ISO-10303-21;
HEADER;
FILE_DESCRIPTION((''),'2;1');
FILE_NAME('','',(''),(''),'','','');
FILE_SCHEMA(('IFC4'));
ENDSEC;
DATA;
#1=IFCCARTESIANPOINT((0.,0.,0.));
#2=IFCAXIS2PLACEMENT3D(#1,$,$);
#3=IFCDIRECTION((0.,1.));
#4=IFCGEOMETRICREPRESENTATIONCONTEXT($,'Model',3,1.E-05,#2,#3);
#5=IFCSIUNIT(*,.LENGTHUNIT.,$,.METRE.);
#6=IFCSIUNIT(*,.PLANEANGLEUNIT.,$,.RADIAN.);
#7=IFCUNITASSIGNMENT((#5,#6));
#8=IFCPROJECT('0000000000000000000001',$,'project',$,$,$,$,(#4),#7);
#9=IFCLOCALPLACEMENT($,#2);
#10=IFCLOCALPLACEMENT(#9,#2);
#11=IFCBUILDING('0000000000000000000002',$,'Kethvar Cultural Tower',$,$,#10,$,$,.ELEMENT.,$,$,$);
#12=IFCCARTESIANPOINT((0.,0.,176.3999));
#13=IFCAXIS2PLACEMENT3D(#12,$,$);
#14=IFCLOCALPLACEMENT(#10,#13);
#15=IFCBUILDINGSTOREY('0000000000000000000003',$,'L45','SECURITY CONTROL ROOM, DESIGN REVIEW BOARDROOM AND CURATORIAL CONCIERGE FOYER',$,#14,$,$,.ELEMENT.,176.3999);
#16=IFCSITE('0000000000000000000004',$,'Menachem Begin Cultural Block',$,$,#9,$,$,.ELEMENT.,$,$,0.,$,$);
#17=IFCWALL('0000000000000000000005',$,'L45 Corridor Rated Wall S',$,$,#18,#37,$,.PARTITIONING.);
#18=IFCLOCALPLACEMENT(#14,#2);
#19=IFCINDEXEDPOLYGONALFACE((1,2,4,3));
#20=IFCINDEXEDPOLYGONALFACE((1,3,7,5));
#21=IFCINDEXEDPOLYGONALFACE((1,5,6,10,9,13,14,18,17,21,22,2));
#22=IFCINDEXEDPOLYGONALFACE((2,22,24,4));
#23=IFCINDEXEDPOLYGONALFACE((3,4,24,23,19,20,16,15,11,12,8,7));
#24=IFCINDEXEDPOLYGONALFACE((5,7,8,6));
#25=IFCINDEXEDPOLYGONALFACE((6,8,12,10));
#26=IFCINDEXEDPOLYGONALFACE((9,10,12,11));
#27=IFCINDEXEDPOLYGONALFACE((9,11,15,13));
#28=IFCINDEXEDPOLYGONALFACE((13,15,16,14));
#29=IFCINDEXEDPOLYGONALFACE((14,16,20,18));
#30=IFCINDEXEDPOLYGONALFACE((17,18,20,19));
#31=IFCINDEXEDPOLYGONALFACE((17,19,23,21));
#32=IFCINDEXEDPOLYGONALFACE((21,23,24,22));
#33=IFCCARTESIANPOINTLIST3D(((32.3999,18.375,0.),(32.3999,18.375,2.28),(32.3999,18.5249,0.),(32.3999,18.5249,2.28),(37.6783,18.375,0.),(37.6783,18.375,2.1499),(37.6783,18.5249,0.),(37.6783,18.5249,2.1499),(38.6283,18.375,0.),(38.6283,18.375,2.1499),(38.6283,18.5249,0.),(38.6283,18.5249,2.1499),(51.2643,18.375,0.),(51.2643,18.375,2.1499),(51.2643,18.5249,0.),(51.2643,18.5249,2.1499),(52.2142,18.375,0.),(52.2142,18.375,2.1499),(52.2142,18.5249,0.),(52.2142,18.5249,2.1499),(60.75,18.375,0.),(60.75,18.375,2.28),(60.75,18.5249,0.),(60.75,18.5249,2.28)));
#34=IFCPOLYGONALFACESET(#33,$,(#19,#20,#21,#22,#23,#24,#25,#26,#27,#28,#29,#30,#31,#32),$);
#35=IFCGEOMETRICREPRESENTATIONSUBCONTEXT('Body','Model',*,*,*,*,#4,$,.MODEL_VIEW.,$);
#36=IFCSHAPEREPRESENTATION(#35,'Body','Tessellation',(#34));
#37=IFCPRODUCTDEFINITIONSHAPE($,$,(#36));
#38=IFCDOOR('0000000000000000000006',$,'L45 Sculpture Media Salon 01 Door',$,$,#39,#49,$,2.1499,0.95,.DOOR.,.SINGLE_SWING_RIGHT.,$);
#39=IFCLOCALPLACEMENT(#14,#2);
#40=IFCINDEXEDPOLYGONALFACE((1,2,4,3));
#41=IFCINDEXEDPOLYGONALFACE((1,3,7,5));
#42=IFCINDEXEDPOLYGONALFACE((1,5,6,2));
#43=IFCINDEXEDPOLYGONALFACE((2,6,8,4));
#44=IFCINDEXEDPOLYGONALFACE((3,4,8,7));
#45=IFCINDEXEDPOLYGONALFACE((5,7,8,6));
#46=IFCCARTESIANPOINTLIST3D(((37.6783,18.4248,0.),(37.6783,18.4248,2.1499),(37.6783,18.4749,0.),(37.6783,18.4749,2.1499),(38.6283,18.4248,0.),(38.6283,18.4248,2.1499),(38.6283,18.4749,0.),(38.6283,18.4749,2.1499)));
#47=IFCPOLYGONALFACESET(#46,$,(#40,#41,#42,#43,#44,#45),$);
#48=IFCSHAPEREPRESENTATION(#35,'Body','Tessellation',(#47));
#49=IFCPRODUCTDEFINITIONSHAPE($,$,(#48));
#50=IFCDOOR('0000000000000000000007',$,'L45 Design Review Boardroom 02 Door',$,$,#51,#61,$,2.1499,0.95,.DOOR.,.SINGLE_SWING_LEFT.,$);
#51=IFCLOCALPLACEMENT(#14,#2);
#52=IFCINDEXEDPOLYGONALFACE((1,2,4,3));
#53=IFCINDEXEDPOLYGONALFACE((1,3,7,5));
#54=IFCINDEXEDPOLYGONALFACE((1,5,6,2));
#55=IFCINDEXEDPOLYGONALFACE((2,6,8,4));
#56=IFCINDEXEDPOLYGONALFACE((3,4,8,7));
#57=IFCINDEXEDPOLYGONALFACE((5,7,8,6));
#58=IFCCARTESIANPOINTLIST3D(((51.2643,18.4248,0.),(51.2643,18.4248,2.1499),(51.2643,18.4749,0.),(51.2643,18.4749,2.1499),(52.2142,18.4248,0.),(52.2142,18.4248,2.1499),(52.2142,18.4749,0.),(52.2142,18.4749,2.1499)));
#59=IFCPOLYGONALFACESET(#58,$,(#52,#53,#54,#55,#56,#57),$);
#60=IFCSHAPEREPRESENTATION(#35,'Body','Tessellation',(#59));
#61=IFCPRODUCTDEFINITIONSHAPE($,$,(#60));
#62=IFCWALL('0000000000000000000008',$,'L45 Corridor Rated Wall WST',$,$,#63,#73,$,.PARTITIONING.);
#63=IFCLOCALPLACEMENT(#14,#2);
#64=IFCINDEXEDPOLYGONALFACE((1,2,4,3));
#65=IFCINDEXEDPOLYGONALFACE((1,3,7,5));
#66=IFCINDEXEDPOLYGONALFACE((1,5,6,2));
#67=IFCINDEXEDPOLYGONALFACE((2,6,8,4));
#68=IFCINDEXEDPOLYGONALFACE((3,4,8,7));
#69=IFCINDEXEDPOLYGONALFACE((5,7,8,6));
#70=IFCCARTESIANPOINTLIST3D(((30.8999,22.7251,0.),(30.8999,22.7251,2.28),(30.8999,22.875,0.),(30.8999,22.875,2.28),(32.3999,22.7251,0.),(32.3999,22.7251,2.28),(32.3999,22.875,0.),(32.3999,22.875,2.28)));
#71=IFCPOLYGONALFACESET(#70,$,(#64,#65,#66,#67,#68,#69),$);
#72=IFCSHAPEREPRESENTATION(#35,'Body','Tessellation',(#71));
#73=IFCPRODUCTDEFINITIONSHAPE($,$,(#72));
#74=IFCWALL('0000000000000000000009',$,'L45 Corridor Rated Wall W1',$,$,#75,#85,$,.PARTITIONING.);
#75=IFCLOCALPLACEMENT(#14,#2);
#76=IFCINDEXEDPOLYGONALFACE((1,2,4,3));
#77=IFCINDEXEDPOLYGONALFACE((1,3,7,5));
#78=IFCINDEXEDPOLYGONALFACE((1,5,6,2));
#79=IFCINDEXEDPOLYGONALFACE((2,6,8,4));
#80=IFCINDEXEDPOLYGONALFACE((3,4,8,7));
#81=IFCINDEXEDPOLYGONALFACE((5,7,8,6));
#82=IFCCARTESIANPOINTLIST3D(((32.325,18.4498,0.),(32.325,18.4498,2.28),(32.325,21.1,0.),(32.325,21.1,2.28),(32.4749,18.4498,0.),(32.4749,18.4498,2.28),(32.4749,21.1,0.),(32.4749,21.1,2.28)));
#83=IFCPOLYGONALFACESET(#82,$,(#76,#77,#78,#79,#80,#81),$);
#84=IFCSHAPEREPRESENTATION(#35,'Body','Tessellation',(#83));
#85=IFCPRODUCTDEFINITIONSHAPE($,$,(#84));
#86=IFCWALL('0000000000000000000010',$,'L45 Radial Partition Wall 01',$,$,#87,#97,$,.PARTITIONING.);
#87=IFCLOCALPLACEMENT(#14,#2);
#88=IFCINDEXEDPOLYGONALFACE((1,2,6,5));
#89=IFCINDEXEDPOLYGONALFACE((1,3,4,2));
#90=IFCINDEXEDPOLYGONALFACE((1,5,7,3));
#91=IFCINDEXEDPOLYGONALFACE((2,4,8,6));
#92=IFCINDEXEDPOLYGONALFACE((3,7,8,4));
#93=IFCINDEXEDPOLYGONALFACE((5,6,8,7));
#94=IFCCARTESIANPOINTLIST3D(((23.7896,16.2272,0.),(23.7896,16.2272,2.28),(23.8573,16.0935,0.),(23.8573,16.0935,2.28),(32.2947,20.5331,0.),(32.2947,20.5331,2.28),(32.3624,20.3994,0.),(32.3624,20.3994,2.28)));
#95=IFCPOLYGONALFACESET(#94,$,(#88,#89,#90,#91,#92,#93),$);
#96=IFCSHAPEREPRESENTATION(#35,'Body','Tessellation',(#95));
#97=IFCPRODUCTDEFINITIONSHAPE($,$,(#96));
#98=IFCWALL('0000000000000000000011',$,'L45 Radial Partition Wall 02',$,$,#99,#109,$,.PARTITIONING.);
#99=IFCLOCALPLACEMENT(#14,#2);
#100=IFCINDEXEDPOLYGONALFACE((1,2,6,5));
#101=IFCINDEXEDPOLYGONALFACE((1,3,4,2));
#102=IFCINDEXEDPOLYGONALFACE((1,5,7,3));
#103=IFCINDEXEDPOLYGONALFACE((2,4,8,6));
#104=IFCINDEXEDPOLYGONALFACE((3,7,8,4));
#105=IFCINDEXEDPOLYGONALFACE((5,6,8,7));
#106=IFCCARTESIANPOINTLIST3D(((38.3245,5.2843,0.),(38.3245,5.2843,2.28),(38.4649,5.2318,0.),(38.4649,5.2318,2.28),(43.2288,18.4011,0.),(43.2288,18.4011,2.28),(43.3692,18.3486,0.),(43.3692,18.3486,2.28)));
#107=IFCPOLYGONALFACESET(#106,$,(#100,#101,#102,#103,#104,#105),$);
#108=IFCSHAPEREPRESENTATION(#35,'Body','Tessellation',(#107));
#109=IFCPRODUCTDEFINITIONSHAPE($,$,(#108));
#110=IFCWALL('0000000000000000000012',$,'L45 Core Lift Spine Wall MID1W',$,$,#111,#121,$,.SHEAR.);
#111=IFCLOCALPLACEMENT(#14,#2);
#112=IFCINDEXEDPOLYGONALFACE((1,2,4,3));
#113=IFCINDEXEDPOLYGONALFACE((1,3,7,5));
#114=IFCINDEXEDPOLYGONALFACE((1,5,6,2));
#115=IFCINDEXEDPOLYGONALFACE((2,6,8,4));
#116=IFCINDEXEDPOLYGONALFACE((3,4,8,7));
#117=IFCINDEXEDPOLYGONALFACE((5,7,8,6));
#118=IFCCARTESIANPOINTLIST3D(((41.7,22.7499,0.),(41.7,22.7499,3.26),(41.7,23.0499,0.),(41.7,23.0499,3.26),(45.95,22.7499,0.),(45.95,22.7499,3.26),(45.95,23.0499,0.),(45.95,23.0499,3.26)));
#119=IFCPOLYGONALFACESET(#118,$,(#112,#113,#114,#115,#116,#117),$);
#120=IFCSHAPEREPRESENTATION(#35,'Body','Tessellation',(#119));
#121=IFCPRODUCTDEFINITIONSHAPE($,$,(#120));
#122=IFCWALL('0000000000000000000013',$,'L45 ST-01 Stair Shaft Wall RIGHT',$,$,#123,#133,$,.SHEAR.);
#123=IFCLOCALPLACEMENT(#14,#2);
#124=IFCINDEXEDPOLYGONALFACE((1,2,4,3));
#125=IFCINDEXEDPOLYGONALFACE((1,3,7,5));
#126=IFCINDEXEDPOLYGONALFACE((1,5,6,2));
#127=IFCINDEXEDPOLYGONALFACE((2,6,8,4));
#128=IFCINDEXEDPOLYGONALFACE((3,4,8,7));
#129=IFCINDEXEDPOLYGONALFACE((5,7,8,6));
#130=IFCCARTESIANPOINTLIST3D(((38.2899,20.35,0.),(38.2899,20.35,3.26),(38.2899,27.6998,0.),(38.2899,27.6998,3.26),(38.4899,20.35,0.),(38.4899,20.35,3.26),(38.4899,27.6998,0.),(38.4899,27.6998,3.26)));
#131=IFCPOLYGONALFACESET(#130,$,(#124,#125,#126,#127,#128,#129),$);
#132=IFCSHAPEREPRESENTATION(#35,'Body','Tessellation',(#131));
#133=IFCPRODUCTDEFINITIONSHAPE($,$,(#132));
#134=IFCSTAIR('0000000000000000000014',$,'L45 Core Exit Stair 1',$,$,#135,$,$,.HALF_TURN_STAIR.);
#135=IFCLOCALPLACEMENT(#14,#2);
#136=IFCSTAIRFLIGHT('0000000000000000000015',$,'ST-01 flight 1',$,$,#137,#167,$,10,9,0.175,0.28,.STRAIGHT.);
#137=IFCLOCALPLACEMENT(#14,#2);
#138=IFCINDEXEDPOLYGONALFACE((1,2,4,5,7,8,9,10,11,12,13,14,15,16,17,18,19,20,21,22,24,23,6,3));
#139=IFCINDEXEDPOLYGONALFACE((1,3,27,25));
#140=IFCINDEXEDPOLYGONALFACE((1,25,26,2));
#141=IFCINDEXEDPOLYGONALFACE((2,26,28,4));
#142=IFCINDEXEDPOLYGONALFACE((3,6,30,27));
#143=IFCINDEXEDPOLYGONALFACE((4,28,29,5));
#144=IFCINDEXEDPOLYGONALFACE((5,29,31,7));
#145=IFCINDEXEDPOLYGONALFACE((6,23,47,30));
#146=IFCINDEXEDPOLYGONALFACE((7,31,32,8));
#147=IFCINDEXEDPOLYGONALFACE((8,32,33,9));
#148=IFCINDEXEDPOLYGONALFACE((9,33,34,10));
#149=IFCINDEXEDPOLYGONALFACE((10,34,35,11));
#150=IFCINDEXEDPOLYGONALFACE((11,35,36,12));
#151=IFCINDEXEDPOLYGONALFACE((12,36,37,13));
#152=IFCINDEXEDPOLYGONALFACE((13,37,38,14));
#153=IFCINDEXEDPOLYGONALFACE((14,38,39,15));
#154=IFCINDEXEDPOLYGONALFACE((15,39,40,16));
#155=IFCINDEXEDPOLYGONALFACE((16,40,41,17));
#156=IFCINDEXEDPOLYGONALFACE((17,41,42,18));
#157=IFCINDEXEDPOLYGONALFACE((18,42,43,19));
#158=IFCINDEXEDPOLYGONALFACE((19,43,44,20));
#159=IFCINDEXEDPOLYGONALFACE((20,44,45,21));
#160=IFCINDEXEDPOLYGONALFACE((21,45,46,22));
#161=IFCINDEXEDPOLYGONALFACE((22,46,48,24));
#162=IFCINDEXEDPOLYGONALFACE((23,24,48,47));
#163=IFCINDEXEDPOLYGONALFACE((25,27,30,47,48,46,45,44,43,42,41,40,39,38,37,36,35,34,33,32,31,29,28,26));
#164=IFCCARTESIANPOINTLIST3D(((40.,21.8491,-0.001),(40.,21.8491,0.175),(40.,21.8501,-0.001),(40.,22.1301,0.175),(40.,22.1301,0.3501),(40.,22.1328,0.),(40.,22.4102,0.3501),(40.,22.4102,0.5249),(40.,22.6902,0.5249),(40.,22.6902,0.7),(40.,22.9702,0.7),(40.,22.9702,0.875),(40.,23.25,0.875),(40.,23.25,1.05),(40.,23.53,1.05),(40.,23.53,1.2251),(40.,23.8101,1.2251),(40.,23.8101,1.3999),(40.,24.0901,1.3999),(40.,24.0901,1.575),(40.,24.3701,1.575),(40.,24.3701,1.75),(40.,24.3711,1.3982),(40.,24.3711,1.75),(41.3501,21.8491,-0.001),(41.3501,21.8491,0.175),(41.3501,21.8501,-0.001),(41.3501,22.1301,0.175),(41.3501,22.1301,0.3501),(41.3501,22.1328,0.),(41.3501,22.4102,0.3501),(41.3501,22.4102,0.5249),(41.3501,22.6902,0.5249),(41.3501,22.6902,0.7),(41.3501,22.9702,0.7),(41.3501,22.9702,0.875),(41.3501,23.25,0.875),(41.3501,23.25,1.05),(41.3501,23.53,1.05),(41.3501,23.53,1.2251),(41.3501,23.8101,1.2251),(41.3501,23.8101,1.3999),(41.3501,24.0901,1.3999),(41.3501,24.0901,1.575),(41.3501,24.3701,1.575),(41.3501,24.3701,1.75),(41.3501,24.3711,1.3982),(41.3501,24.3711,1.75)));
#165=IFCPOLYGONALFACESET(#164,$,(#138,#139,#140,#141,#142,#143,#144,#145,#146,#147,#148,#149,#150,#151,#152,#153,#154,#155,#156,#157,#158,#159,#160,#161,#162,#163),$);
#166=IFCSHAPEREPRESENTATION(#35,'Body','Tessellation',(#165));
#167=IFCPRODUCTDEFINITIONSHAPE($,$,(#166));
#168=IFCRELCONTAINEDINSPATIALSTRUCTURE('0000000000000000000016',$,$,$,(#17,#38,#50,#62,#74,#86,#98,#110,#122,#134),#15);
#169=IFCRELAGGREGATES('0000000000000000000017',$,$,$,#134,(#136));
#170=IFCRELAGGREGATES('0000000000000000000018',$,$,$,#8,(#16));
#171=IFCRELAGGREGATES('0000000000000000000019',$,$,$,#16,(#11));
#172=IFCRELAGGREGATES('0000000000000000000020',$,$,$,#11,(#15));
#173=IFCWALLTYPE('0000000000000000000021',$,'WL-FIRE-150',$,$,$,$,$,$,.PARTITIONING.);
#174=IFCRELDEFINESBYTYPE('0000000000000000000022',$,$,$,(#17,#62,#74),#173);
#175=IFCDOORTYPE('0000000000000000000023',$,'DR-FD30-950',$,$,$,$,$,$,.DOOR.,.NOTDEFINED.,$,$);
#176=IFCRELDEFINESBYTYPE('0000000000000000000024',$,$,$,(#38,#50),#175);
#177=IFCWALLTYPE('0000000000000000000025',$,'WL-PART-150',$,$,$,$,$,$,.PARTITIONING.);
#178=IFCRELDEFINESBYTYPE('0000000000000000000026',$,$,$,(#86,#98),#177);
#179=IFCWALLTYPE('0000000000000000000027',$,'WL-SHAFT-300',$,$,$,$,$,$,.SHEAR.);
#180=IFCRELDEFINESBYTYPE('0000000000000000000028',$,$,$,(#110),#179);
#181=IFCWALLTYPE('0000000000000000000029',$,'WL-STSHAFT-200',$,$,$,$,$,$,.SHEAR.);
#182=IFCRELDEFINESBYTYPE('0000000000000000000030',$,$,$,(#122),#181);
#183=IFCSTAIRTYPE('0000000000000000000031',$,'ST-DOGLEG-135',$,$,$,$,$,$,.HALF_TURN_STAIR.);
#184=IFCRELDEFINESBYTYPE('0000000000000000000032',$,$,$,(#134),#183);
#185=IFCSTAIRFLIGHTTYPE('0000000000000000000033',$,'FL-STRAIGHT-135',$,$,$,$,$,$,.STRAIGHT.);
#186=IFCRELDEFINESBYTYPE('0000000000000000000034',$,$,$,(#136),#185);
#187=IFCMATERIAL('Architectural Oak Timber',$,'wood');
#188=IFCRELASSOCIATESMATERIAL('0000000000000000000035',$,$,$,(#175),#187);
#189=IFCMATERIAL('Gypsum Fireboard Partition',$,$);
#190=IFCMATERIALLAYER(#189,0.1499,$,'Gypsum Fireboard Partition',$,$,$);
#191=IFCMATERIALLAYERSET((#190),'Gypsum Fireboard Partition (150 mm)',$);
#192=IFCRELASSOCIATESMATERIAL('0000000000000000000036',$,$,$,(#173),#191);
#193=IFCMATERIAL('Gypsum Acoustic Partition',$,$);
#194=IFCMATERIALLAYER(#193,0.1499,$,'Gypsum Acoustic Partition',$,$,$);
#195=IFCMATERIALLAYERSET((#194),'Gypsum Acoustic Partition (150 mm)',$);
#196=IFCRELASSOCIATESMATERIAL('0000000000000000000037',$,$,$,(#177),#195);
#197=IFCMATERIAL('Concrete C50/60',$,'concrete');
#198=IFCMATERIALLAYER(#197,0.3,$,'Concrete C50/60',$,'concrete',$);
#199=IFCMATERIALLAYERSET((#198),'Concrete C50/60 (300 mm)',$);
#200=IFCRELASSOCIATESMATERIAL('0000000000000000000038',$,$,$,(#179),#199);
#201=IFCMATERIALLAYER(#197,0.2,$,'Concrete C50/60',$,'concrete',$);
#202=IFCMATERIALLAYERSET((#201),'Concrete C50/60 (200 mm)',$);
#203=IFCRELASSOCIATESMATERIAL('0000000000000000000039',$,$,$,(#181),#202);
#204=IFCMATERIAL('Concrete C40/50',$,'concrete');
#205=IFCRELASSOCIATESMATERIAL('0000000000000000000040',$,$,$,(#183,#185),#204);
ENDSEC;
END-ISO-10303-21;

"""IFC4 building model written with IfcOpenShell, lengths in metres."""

from ifc_helpers import new_model, si_unit, direction, frame, frame_2d, origin, place, context, subcontext, project, spatial, polyline, rectangle, outline, extrude, source, transform, mapped, material, layer, layer_set, type_object, element, fill, aggregate, save


model = new_model("IFC4")

# Units and contexts
model_context = context("Model", 3, precision=1e-05, world=origin(), true_north=direction((0.0, 1.0)))
body_context = subcontext(model_context, "Body", "Model", "MODEL_VIEW")
ifc_project = project(units=[si_unit("LENGTHUNIT", "METRE"), si_unit("PLANEANGLEUNIT", "RADIAN")], contexts=[model_context])

# Site, building, storey
site_placement = place(None, origin())
site = spatial("IfcSite", under=ifc_project, at=site_placement, Name="Menachem Begin Cultural Block", CompositionType="ELEMENT", RefElevation=0.0)
building_placement = place(site_placement, origin())
building = spatial("IfcBuilding", under=site, at=building_placement, Name="Kethvar Cultural Tower", CompositionType="ELEMENT")
storey_placement = place(building_placement, frame((0.0, 0.0, 176.3999)))
storey = spatial("IfcBuildingStorey", under=building, at=storey_placement, Name="L45", Description="SECURITY CONTROL ROOM, DESIGN REVIEW BOARDROOM AND CURATORIAL CONCIERGE FOYER", CompositionType="ELEMENT", Elevation=176.3999)

# Shared definitions
ifc_material_1 = material(Name="Architectural Oak Timber", Category="wood")
door_type_1 = type_object("IfcDoorType", Name="DR-FD30-950", OperationType="NOTDEFINED", PredefinedType="DOOR", material=ifc_material_1)
shared_shape_1 = source(origin(), body_context, "Body", "SweptSolid", [
    extrude(rectangle(XDim=0.95, YDim=2.1499, at=frame_2d((0.4751, 1.075))), frame((0.0, 0.0249, 0.0), z_axis=(0.0, -1.0, 0.0), x_axis=(1.0, 0.0, 0.0)), (0.0, 0.0, 1.0), 0.05),
])

# Shared definitions
ifc_material_2 = material(Name="Gypsum Fireboard Partition")
ifc_layer_1 = layer(ifc_material_2, 0.1499, Name="Gypsum Fireboard Partition")
ifc_layer_set_1 = layer_set([ifc_layer_1], Name="Gypsum Fireboard Partition (150 mm)")
wall_type_1 = type_object("IfcWallType", Name="WL-FIRE-150", PredefinedType="PARTITIONING", material=ifc_layer_set_1)

# Wall, openings, doors
wall_1_placement = place(storey_placement, frame((32.3999, 18.45, 0.0), z_axis=(0.0, 0.0, 1.0), x_axis=(1.0, 0.0, 0.0)))
wall_1 = element("IfcWall", 1, at=wall_1_placement, inside=storey, type_object=wall_type_1, Name="L45 Corridor Rated Wall S", PredefinedType="PARTITIONING", context=body_context, shape_type="SweptSolid", body=[
    extrude(rectangle(XDim=28.3501, YDim=0.1499, at=frame_2d((14.175, 0.0))), origin(), (0.0, 0.0, 1.0), 2.28),
])
opening_1_placement = place(wall_1_placement, frame((5.2783, 0.0, 0.0)))
opening_1 = element("IfcOpeningElement", 2, at=opening_1_placement, cuts=wall_1, PredefinedType="OPENING", context=body_context, shape_type="SweptSolid", body=[
    extrude(rectangle(XDim=0.95, YDim=2.1499, at=frame_2d((0.4751, 1.075))), frame((0.0, 0.085, 0.0), z_axis=(0.0, -1.0, 0.0), x_axis=(1.0, 0.0, 0.0)), (0.0, 0.0, 1.0), 0.1699),
])
opening_2_placement = place(wall_1_placement, frame((18.8643, 0.0, 0.0)))
opening_2 = element("IfcOpeningElement", 3, at=opening_2_placement, cuts=wall_1, PredefinedType="OPENING", context=body_context, shape_type="SweptSolid", body=[
    extrude(rectangle(XDim=0.95, YDim=2.1499, at=frame_2d((0.4751, 1.075))), frame((0.0, 0.085, 0.0), z_axis=(0.0, -1.0, 0.0), x_axis=(1.0, 0.0, 0.0)), (0.0, 0.0, 1.0), 0.1699),
])
door_1_placement = place(opening_1_placement, origin())
door_1 = element("IfcDoor", 4, at=door_1_placement, inside=storey, type_object=door_type_1, Name="L45 Sculpture Media Salon 01 Door", OperationType="SINGLE_SWING_RIGHT", OverallHeight=2.1499, OverallWidth=0.95, PredefinedType="DOOR", context=body_context, shape_type="MappedRepresentation", body=[
    mapped(shared_shape_1, transform((0.0, 0.0, 0.0), scale=1.0)),
])
fill(opening_1, door_1)
door_2_placement = place(opening_2_placement, origin())
door_2 = element("IfcDoor", 5, at=door_2_placement, inside=storey, type_object=door_type_1, Name="L45 Design Review Boardroom 02 Door", OperationType="SINGLE_SWING_LEFT", OverallHeight=2.1499, OverallWidth=0.95, PredefinedType="DOOR", context=body_context, shape_type="MappedRepresentation", body=[
    mapped(shared_shape_1, transform((0.0, 0.0, 0.0), scale=1.0)),
])
fill(opening_2, door_2)

# Walls
wall_2_placement = place(storey_placement, frame((32.3999, 22.8, 0.0), z_axis=(0.0, 0.0, 1.0), x_axis=(-1.0, 0.0, 0.0)))
element("IfcWall", 6, at=wall_2_placement, inside=storey, type_object=wall_type_1, Name="L45 Corridor Rated Wall WST", PredefinedType="PARTITIONING", context=body_context, shape_type="SweptSolid", body=[
    extrude(rectangle(XDim=1.5, YDim=0.1499, at=frame_2d((0.75, 0.0))), origin(), (0.0, 0.0, 1.0), 2.28),
])
wall_3_placement = place(storey_placement, frame((32.3999, 21.1001, 0.0), z_axis=(0.0, 0.0, 1.0), x_axis=(0.0, -1.0, 0.0)))
element("IfcWall", 7, at=wall_3_placement, inside=storey, type_object=wall_type_1, Name="L45 Corridor Rated Wall W1", PredefinedType="PARTITIONING", context=body_context, shape_type="SweptSolid", body=[
    extrude(rectangle(XDim=2.6501, YDim=0.1499, at=frame_2d((1.3252, 0.0))), origin(), (0.0, 0.0, 1.0), 2.28),
])
ifc_material_3 = material(Name="Gypsum Acoustic Partition")
ifc_layer_2 = layer(ifc_material_3, 0.1499, Name="Gypsum Acoustic Partition")
ifc_layer_set_2 = layer_set([ifc_layer_2], Name="Gypsum Acoustic Partition (150 mm)")
wall_type_2 = type_object("IfcWallType", Name="WL-PART-150", PredefinedType="PARTITIONING", material=ifc_layer_set_2)
wall_4_placement = place(storey_placement, frame((32.3286, 20.4663, 0.0), z_axis=(0.0, 0.0, 1.0), x_axis=(-0.892178, -0.451685, 0.0)))
element("IfcWall", 8, at=wall_4_placement, inside=storey, type_object=wall_type_2, Name="L45 Radial Partition Wall 01", PredefinedType="PARTITIONING", context=body_context, shape_type="SweptSolid", body=[
    extrude(rectangle(XDim=9.533, YDim=0.1499, at=frame_2d((4.7666, 0.0))), origin(), (0.0, 0.0, 1.0), 2.28),
])
wall_5_placement = place(storey_placement, frame((43.2991, 18.375, 0.0), z_axis=(0.0, 0.0, 1.0), x_axis=(-0.350218, -0.936668, 0.0)))
element("IfcWall", 9, at=wall_5_placement, inside=storey, type_object=wall_type_2, Name="L45 Radial Partition Wall 02", PredefinedType="PARTITIONING", context=body_context, shape_type="SweptSolid", body=[
    extrude(rectangle(XDim=14.0037, YDim=0.1499, at=frame_2d((7.002, 0.0))), origin(), (0.0, 0.0, 1.0), 2.28),
])
ifc_material_4 = material(Name="Concrete C50/60", Category="concrete")
ifc_layer_3 = layer(ifc_material_4, 0.3, Name="Concrete C50/60", Category="concrete")
ifc_layer_set_3 = layer_set([ifc_layer_3], Name="Concrete C50/60 (300 mm)")
wall_type_3 = type_object("IfcWallType", Name="WL-SHAFT-300", PredefinedType="SHEAR", material=ifc_layer_set_3)
wall_6_placement = place(storey_placement, frame((41.7, 22.8999, 0.0), z_axis=(0.0, 0.0, 1.0), x_axis=(1.0, 0.0, 0.0)))
element("IfcWall", 10, at=wall_6_placement, inside=storey, type_object=wall_type_3, Name="L45 Core Lift Spine Wall MID1W", PredefinedType="SHEAR", context=body_context, shape_type="SweptSolid", body=[
    extrude(rectangle(XDim=4.25, YDim=0.3, at=frame_2d((2.125, 0.0))), origin(), (0.0, 0.0, 1.0), 3.26),
])
ifc_layer_4 = layer(ifc_material_4, 0.2, Name="Concrete C50/60", Category="concrete")
ifc_layer_set_4 = layer_set([ifc_layer_4], Name="Concrete C50/60 (200 mm)")
wall_type_4 = type_object("IfcWallType", Name="WL-STSHAFT-200", PredefinedType="SHEAR", material=ifc_layer_set_4)
wall_7_placement = place(storey_placement, frame((38.3899, 20.3501, 0.0), z_axis=(0.0, 0.0, 1.0), x_axis=(0.0, 1.0, 0.0)))
element("IfcWall", 11, at=wall_7_placement, inside=storey, type_object=wall_type_4, Name="L45 ST-01 Stair Shaft Wall RIGHT", PredefinedType="SHEAR", context=body_context, shape_type="SweptSolid", body=[
    extrude(rectangle(XDim=7.3499, YDim=0.2, at=frame_2d((3.6748, 0.0))), origin(), (0.0, 0.0, 1.0), 3.26),
])

# Stair, stair flight
ifc_material_5 = material(Name="Concrete C40/50", Category="concrete")
stair_type = type_object("IfcStairType", Name="ST-DOGLEG-135", PredefinedType="HALF_TURN_STAIR", material=ifc_material_5)
stair_placement = place(storey_placement, origin())
stair = element("IfcStair", 12, at=stair_placement, inside=storey, type_object=stair_type, Name="L45 Core Exit Stair 1", PredefinedType="HALF_TURN_STAIR")
stair_flight_type = type_object("IfcStairFlightType", Name="FL-STRAIGHT-135", PredefinedType="STRAIGHT", material=ifc_material_5)
stair_flight_placement = place(storey_placement, frame((40.675, 21.8501, 0.0), z_axis=(0.0, 0.0, 1.0), x_axis=(0.0, 1.0, 0.0)))
stair_flight = element("IfcStairFlight", 13, at=stair_flight_placement, type_object=stair_flight_type, Name="ST-01 flight 1", NumberOfRisers=10, NumberOfTreads=9, PredefinedType="STRAIGHT", RiserHeight=0.175, TreadLength=0.28, context=body_context, shape_type="SweptSolid", body=[
    extrude(outline(polyline([(-0.001, -0.001), (-0.001, 0.175), (0.28, 0.175), (0.28, 0.3501), (0.5601, 0.3501), (0.5601, 0.5249), (0.8401, 0.5249), (0.8401, 0.7), (1.1201, 0.7), (1.1201, 0.875), (1.3999, 0.875), (1.3999, 1.05), (1.6799, 1.05), (1.6799, 1.2251), (1.96, 1.2251), (1.96, 1.3999), (2.24, 1.3999), (2.24, 1.575), (2.52, 1.575), (2.52, 1.75), (2.521, 1.75), (2.521, 1.3982), (0.2827, 0.0), (0.0, -0.001), (-0.001, -0.001)])), frame((0.0, 0.675, 0.0), z_axis=(0.0, -1.0, 0.0), x_axis=(1.0, 0.0, 0.0)), (0.0, 0.0, 1.0), 1.3501),
])
aggregate(stair, [stair_flight])

save(model, "model.ifc")
